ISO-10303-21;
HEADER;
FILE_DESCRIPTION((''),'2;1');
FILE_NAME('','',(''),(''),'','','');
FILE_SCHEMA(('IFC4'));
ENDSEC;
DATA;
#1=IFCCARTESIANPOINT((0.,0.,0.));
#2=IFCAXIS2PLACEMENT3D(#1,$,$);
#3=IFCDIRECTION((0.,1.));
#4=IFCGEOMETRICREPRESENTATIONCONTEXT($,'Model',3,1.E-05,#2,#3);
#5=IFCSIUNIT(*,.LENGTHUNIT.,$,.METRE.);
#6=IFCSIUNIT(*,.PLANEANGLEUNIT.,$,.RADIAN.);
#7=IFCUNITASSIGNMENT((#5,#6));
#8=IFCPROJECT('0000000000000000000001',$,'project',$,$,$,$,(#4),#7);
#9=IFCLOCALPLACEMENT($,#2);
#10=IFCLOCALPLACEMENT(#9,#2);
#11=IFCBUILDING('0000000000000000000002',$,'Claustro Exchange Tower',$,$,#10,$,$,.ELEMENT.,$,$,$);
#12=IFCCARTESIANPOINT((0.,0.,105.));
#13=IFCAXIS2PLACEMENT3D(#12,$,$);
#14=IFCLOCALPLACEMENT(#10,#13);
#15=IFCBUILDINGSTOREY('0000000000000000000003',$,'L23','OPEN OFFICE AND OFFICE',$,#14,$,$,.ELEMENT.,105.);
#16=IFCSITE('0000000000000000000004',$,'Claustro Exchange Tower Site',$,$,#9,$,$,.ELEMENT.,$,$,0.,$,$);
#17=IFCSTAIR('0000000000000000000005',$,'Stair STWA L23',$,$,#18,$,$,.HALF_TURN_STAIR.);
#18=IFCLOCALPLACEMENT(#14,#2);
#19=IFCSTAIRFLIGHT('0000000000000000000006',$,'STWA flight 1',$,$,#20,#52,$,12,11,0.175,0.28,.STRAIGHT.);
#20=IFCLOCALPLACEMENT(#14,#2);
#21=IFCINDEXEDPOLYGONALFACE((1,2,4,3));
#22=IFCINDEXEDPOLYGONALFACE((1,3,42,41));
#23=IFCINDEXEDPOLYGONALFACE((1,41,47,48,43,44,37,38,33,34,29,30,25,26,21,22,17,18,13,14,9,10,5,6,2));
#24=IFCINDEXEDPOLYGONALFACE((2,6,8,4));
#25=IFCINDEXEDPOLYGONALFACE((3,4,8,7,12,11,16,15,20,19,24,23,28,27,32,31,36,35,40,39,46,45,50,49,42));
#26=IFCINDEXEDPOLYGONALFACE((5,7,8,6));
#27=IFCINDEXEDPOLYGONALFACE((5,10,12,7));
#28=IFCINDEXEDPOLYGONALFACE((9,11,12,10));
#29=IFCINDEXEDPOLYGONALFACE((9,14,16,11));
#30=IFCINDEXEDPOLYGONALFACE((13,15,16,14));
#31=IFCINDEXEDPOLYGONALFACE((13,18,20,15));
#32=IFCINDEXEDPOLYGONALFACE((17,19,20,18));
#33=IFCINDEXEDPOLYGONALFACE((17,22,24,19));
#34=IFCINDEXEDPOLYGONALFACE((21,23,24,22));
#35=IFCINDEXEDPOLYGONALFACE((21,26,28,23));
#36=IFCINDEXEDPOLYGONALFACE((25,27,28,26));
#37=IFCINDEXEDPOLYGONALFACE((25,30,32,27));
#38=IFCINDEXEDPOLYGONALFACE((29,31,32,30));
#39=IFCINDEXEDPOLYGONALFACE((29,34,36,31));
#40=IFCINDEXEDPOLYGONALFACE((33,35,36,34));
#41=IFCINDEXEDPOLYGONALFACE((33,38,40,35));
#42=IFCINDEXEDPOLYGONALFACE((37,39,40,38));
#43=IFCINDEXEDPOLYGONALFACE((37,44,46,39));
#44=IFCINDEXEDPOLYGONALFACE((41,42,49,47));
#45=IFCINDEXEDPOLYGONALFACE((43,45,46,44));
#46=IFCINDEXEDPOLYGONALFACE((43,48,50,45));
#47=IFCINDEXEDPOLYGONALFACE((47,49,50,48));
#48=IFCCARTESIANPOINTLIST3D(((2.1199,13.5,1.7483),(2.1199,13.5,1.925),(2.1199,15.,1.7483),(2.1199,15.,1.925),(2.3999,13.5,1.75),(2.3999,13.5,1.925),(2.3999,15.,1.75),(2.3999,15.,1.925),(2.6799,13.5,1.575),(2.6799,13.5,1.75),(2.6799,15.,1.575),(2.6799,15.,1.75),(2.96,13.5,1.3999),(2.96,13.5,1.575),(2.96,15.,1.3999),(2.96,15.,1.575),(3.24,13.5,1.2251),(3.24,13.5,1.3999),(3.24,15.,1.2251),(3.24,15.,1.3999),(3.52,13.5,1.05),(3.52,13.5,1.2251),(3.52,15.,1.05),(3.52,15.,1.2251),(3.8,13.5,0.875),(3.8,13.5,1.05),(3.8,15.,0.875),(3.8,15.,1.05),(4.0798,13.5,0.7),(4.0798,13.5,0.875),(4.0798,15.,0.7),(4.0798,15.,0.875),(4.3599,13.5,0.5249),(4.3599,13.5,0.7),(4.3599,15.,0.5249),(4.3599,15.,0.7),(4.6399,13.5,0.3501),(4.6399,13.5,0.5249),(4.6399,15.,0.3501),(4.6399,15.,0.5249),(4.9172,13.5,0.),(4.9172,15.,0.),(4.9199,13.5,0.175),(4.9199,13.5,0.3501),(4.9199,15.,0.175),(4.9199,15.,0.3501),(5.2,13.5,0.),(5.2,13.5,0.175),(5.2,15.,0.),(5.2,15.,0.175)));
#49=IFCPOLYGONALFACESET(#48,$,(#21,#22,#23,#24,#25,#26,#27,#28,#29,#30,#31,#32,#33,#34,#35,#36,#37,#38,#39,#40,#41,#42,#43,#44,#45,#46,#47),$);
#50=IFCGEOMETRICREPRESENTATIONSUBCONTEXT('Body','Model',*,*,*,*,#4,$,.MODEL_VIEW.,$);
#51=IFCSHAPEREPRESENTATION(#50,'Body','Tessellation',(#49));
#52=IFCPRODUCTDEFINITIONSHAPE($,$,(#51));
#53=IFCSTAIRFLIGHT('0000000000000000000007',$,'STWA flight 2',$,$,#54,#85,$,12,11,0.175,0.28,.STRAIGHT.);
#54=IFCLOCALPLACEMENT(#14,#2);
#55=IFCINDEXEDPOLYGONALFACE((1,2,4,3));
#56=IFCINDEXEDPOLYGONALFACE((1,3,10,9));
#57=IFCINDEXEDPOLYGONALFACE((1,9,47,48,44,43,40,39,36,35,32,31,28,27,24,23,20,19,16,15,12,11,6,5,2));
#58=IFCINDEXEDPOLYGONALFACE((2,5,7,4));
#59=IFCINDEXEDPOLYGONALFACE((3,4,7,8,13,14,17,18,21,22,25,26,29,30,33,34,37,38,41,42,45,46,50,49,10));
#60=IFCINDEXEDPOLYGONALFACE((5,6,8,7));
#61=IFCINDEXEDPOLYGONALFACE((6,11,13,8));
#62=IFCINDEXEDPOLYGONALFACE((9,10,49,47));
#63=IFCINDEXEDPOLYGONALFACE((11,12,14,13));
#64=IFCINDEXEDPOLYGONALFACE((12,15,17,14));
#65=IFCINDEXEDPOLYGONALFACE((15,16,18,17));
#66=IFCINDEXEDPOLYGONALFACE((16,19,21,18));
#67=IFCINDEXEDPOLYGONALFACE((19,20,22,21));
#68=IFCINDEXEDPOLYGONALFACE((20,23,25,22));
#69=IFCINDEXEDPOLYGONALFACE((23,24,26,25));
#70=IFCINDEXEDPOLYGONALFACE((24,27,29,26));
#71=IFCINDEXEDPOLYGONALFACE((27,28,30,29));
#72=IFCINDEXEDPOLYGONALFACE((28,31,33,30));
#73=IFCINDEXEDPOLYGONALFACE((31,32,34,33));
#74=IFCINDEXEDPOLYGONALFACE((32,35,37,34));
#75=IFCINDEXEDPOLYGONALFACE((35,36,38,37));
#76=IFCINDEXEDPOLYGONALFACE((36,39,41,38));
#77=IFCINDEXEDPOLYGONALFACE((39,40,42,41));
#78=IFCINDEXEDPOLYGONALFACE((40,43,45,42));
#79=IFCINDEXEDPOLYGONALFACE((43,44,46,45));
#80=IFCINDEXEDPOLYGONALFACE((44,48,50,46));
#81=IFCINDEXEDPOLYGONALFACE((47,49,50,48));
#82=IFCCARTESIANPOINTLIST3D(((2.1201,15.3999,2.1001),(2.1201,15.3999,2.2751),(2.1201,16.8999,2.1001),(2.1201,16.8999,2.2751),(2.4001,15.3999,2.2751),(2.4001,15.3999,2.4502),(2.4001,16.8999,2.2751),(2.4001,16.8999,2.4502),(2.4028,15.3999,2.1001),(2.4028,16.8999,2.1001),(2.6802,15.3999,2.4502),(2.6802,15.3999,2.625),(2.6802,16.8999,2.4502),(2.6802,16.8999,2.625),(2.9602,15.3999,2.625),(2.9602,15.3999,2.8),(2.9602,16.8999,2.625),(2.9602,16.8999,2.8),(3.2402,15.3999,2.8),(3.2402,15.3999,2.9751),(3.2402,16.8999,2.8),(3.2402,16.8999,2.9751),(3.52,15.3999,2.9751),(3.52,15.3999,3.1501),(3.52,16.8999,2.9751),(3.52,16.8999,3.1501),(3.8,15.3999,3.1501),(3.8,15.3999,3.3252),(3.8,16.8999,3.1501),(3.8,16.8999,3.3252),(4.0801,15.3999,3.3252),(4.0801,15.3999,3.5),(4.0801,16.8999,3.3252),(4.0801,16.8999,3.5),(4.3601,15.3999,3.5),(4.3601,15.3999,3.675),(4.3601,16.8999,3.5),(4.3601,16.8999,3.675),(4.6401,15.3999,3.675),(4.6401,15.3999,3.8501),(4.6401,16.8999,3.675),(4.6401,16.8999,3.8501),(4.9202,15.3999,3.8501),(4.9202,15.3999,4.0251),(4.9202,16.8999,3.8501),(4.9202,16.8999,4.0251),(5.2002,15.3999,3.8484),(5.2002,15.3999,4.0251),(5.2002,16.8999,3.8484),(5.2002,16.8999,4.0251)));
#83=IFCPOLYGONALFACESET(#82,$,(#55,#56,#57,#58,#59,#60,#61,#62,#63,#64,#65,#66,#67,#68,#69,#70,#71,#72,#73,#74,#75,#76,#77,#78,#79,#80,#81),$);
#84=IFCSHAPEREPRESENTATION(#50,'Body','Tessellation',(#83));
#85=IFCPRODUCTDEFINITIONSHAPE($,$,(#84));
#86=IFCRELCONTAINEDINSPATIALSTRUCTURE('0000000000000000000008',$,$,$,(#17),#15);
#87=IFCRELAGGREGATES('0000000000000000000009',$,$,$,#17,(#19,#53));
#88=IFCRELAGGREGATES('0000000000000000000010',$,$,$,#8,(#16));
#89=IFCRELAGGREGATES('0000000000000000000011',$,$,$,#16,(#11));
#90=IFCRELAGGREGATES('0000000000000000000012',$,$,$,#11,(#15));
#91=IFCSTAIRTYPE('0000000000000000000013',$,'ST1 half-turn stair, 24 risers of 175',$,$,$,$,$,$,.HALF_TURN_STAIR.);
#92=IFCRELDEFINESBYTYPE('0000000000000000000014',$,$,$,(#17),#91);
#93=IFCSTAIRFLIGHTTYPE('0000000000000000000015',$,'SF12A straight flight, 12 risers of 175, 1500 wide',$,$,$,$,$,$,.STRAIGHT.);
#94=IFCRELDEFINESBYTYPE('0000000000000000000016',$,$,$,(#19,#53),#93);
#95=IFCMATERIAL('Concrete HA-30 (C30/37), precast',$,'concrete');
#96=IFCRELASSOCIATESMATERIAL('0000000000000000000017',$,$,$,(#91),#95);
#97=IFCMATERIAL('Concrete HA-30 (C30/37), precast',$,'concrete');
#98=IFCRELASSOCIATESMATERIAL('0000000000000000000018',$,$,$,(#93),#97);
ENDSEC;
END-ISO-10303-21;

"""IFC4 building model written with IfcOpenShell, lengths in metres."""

from ifc_helpers import new_model, si_unit, direction, frame, origin, place, context, subcontext, project, spatial, polyline, outline, extrude, material, type_object, element, aggregate, save


model = new_model("IFC4")

# Units and contexts
model_context = context("Model", 3, precision=1e-05, world=origin(), true_north=direction((0.0, 1.0)))
body_context = subcontext(model_context, "Body", "Model", "MODEL_VIEW")
ifc_project = project(units=[si_unit("LENGTHUNIT", "METRE"), si_unit("PLANEANGLEUNIT", "RADIAN")], contexts=[model_context])

# Site, building, storey
site_placement = place(None, origin())
site = spatial("IfcSite", under=ifc_project, at=site_placement, Name="Claustro Exchange Tower Site", CompositionType="ELEMENT", RefElevation=0.0)
building_placement = place(site_placement, origin())
building = spatial("IfcBuilding", under=site, at=building_placement, Name="Claustro Exchange Tower", CompositionType="ELEMENT")
storey_placement = place(building_placement, frame((0.0, 0.0, 105.0)))
storey = spatial("IfcBuildingStorey", under=building, at=storey_placement, Name="L23", Description="OPEN OFFICE AND OFFICE", CompositionType="ELEMENT", Elevation=105.0)

# Stair, stair flights
ifc_material_1 = material(Name="Concrete HA-30 (C30/37), precast", Category="concrete")
stair_type = type_object("IfcStairType", Name="ST1 half-turn stair, 24 risers of 175", PredefinedType="HALF_TURN_STAIR", material=ifc_material_1)
stair_placement = place(storey_placement, origin())
stair = element("IfcStair", 1, at=stair_placement, inside=storey, type_object=stair_type, Name="Stair STWA L23", PredefinedType="HALF_TURN_STAIR")
ifc_material_2 = material(Name="Concrete HA-30 (C30/37), precast", Category="concrete")
stair_flight_type = type_object("IfcStairFlightType", Name="SF12A straight flight, 12 risers of 175, 1500 wide", PredefinedType="STRAIGHT", material=ifc_material_2)
stair_flight_1_placement = place(storey_placement, frame((5.2, 14.25, 0.0), z_axis=(0.0, 0.0, 1.0), x_axis=(-1.0, 0.0, 0.0)))
stair_flight_1 = element("IfcStairFlight", 2, at=stair_flight_1_placement, type_object=stair_flight_type, Name="STWA flight 1", NumberOfRisers=12, NumberOfTreads=11, PredefinedType="STRAIGHT", RiserHeight=0.175, TreadLength=0.28, context=body_context, shape_type="SweptSolid", body=[
    extrude(outline(polyline([(0.0, 0.0), (0.0, 0.175), (0.28, 0.175), (0.28, 0.3501), (0.5601, 0.3501), (0.5601, 0.5249), (0.8401, 0.5249), (0.8401, 0.7), (1.1201, 0.7), (1.1201, 0.875), (1.3999, 0.875), (1.3999, 1.05), (1.6799, 1.05), (1.6799, 1.2251), (1.96, 1.2251), (1.96, 1.3999), (2.24, 1.3999), (2.24, 1.575), (2.52, 1.575), (2.52, 1.75), (2.8, 1.75), (2.8, 1.925), (3.0801, 1.925), (3.0801, 2.1001), (3.0801, 1.7483), (0.2827, 0.0), (0.0, 0.0)])), frame((0.0, 0.75, 0.0), z_axis=(0.0, -1.0, 0.0), x_axis=(1.0, 0.0, 0.0)), (0.0, 0.0, 1.0), 1.5),
])
stair_flight_2_placement = place(storey_placement, frame((2.1201, 16.1499, 2.1001), z_axis=(0.0, 0.0, 1.0), x_axis=(1.0, 0.0, 0.0)))
stair_flight_2 = element("IfcStairFlight", 3, at=stair_flight_2_placement, type_object=stair_flight_type, Name="STWA flight 2", NumberOfRisers=12, NumberOfTreads=11, PredefinedType="STRAIGHT", RiserHeight=0.175, TreadLength=0.28, context=body_context, shape_type="SweptSolid", body=[
    extrude(outline(polyline([(0.0, 0.0), (0.0, 0.175), (0.28, 0.175), (0.28, 0.3501), (0.5601, 0.3501), (0.5601, 0.5249), (0.8401, 0.5249), (0.8401, 0.7), (1.1201, 0.7), (1.1201, 0.875), (1.3999, 0.875), (1.3999, 1.05), (1.6799, 1.05), (1.6799, 1.2251), (1.96, 1.2251), (1.96, 1.3999), (2.24, 1.3999), (2.24, 1.575), (2.52, 1.575), (2.52, 1.75), (2.8, 1.75), (2.8, 1.925), (3.0801, 1.925), (3.0801, 2.1001), (3.0801, 1.7483), (0.2827, 0.0), (0.0, 0.0)])), frame((0.0, 0.75, 0.0), z_axis=(0.0, -1.0, 0.0), x_axis=(1.0, 0.0, 0.0)), (0.0, 0.0, 1.0), 1.5),
])
aggregate(stair, [stair_flight_1, stair_flight_2])

save(model, "model.ifc")
